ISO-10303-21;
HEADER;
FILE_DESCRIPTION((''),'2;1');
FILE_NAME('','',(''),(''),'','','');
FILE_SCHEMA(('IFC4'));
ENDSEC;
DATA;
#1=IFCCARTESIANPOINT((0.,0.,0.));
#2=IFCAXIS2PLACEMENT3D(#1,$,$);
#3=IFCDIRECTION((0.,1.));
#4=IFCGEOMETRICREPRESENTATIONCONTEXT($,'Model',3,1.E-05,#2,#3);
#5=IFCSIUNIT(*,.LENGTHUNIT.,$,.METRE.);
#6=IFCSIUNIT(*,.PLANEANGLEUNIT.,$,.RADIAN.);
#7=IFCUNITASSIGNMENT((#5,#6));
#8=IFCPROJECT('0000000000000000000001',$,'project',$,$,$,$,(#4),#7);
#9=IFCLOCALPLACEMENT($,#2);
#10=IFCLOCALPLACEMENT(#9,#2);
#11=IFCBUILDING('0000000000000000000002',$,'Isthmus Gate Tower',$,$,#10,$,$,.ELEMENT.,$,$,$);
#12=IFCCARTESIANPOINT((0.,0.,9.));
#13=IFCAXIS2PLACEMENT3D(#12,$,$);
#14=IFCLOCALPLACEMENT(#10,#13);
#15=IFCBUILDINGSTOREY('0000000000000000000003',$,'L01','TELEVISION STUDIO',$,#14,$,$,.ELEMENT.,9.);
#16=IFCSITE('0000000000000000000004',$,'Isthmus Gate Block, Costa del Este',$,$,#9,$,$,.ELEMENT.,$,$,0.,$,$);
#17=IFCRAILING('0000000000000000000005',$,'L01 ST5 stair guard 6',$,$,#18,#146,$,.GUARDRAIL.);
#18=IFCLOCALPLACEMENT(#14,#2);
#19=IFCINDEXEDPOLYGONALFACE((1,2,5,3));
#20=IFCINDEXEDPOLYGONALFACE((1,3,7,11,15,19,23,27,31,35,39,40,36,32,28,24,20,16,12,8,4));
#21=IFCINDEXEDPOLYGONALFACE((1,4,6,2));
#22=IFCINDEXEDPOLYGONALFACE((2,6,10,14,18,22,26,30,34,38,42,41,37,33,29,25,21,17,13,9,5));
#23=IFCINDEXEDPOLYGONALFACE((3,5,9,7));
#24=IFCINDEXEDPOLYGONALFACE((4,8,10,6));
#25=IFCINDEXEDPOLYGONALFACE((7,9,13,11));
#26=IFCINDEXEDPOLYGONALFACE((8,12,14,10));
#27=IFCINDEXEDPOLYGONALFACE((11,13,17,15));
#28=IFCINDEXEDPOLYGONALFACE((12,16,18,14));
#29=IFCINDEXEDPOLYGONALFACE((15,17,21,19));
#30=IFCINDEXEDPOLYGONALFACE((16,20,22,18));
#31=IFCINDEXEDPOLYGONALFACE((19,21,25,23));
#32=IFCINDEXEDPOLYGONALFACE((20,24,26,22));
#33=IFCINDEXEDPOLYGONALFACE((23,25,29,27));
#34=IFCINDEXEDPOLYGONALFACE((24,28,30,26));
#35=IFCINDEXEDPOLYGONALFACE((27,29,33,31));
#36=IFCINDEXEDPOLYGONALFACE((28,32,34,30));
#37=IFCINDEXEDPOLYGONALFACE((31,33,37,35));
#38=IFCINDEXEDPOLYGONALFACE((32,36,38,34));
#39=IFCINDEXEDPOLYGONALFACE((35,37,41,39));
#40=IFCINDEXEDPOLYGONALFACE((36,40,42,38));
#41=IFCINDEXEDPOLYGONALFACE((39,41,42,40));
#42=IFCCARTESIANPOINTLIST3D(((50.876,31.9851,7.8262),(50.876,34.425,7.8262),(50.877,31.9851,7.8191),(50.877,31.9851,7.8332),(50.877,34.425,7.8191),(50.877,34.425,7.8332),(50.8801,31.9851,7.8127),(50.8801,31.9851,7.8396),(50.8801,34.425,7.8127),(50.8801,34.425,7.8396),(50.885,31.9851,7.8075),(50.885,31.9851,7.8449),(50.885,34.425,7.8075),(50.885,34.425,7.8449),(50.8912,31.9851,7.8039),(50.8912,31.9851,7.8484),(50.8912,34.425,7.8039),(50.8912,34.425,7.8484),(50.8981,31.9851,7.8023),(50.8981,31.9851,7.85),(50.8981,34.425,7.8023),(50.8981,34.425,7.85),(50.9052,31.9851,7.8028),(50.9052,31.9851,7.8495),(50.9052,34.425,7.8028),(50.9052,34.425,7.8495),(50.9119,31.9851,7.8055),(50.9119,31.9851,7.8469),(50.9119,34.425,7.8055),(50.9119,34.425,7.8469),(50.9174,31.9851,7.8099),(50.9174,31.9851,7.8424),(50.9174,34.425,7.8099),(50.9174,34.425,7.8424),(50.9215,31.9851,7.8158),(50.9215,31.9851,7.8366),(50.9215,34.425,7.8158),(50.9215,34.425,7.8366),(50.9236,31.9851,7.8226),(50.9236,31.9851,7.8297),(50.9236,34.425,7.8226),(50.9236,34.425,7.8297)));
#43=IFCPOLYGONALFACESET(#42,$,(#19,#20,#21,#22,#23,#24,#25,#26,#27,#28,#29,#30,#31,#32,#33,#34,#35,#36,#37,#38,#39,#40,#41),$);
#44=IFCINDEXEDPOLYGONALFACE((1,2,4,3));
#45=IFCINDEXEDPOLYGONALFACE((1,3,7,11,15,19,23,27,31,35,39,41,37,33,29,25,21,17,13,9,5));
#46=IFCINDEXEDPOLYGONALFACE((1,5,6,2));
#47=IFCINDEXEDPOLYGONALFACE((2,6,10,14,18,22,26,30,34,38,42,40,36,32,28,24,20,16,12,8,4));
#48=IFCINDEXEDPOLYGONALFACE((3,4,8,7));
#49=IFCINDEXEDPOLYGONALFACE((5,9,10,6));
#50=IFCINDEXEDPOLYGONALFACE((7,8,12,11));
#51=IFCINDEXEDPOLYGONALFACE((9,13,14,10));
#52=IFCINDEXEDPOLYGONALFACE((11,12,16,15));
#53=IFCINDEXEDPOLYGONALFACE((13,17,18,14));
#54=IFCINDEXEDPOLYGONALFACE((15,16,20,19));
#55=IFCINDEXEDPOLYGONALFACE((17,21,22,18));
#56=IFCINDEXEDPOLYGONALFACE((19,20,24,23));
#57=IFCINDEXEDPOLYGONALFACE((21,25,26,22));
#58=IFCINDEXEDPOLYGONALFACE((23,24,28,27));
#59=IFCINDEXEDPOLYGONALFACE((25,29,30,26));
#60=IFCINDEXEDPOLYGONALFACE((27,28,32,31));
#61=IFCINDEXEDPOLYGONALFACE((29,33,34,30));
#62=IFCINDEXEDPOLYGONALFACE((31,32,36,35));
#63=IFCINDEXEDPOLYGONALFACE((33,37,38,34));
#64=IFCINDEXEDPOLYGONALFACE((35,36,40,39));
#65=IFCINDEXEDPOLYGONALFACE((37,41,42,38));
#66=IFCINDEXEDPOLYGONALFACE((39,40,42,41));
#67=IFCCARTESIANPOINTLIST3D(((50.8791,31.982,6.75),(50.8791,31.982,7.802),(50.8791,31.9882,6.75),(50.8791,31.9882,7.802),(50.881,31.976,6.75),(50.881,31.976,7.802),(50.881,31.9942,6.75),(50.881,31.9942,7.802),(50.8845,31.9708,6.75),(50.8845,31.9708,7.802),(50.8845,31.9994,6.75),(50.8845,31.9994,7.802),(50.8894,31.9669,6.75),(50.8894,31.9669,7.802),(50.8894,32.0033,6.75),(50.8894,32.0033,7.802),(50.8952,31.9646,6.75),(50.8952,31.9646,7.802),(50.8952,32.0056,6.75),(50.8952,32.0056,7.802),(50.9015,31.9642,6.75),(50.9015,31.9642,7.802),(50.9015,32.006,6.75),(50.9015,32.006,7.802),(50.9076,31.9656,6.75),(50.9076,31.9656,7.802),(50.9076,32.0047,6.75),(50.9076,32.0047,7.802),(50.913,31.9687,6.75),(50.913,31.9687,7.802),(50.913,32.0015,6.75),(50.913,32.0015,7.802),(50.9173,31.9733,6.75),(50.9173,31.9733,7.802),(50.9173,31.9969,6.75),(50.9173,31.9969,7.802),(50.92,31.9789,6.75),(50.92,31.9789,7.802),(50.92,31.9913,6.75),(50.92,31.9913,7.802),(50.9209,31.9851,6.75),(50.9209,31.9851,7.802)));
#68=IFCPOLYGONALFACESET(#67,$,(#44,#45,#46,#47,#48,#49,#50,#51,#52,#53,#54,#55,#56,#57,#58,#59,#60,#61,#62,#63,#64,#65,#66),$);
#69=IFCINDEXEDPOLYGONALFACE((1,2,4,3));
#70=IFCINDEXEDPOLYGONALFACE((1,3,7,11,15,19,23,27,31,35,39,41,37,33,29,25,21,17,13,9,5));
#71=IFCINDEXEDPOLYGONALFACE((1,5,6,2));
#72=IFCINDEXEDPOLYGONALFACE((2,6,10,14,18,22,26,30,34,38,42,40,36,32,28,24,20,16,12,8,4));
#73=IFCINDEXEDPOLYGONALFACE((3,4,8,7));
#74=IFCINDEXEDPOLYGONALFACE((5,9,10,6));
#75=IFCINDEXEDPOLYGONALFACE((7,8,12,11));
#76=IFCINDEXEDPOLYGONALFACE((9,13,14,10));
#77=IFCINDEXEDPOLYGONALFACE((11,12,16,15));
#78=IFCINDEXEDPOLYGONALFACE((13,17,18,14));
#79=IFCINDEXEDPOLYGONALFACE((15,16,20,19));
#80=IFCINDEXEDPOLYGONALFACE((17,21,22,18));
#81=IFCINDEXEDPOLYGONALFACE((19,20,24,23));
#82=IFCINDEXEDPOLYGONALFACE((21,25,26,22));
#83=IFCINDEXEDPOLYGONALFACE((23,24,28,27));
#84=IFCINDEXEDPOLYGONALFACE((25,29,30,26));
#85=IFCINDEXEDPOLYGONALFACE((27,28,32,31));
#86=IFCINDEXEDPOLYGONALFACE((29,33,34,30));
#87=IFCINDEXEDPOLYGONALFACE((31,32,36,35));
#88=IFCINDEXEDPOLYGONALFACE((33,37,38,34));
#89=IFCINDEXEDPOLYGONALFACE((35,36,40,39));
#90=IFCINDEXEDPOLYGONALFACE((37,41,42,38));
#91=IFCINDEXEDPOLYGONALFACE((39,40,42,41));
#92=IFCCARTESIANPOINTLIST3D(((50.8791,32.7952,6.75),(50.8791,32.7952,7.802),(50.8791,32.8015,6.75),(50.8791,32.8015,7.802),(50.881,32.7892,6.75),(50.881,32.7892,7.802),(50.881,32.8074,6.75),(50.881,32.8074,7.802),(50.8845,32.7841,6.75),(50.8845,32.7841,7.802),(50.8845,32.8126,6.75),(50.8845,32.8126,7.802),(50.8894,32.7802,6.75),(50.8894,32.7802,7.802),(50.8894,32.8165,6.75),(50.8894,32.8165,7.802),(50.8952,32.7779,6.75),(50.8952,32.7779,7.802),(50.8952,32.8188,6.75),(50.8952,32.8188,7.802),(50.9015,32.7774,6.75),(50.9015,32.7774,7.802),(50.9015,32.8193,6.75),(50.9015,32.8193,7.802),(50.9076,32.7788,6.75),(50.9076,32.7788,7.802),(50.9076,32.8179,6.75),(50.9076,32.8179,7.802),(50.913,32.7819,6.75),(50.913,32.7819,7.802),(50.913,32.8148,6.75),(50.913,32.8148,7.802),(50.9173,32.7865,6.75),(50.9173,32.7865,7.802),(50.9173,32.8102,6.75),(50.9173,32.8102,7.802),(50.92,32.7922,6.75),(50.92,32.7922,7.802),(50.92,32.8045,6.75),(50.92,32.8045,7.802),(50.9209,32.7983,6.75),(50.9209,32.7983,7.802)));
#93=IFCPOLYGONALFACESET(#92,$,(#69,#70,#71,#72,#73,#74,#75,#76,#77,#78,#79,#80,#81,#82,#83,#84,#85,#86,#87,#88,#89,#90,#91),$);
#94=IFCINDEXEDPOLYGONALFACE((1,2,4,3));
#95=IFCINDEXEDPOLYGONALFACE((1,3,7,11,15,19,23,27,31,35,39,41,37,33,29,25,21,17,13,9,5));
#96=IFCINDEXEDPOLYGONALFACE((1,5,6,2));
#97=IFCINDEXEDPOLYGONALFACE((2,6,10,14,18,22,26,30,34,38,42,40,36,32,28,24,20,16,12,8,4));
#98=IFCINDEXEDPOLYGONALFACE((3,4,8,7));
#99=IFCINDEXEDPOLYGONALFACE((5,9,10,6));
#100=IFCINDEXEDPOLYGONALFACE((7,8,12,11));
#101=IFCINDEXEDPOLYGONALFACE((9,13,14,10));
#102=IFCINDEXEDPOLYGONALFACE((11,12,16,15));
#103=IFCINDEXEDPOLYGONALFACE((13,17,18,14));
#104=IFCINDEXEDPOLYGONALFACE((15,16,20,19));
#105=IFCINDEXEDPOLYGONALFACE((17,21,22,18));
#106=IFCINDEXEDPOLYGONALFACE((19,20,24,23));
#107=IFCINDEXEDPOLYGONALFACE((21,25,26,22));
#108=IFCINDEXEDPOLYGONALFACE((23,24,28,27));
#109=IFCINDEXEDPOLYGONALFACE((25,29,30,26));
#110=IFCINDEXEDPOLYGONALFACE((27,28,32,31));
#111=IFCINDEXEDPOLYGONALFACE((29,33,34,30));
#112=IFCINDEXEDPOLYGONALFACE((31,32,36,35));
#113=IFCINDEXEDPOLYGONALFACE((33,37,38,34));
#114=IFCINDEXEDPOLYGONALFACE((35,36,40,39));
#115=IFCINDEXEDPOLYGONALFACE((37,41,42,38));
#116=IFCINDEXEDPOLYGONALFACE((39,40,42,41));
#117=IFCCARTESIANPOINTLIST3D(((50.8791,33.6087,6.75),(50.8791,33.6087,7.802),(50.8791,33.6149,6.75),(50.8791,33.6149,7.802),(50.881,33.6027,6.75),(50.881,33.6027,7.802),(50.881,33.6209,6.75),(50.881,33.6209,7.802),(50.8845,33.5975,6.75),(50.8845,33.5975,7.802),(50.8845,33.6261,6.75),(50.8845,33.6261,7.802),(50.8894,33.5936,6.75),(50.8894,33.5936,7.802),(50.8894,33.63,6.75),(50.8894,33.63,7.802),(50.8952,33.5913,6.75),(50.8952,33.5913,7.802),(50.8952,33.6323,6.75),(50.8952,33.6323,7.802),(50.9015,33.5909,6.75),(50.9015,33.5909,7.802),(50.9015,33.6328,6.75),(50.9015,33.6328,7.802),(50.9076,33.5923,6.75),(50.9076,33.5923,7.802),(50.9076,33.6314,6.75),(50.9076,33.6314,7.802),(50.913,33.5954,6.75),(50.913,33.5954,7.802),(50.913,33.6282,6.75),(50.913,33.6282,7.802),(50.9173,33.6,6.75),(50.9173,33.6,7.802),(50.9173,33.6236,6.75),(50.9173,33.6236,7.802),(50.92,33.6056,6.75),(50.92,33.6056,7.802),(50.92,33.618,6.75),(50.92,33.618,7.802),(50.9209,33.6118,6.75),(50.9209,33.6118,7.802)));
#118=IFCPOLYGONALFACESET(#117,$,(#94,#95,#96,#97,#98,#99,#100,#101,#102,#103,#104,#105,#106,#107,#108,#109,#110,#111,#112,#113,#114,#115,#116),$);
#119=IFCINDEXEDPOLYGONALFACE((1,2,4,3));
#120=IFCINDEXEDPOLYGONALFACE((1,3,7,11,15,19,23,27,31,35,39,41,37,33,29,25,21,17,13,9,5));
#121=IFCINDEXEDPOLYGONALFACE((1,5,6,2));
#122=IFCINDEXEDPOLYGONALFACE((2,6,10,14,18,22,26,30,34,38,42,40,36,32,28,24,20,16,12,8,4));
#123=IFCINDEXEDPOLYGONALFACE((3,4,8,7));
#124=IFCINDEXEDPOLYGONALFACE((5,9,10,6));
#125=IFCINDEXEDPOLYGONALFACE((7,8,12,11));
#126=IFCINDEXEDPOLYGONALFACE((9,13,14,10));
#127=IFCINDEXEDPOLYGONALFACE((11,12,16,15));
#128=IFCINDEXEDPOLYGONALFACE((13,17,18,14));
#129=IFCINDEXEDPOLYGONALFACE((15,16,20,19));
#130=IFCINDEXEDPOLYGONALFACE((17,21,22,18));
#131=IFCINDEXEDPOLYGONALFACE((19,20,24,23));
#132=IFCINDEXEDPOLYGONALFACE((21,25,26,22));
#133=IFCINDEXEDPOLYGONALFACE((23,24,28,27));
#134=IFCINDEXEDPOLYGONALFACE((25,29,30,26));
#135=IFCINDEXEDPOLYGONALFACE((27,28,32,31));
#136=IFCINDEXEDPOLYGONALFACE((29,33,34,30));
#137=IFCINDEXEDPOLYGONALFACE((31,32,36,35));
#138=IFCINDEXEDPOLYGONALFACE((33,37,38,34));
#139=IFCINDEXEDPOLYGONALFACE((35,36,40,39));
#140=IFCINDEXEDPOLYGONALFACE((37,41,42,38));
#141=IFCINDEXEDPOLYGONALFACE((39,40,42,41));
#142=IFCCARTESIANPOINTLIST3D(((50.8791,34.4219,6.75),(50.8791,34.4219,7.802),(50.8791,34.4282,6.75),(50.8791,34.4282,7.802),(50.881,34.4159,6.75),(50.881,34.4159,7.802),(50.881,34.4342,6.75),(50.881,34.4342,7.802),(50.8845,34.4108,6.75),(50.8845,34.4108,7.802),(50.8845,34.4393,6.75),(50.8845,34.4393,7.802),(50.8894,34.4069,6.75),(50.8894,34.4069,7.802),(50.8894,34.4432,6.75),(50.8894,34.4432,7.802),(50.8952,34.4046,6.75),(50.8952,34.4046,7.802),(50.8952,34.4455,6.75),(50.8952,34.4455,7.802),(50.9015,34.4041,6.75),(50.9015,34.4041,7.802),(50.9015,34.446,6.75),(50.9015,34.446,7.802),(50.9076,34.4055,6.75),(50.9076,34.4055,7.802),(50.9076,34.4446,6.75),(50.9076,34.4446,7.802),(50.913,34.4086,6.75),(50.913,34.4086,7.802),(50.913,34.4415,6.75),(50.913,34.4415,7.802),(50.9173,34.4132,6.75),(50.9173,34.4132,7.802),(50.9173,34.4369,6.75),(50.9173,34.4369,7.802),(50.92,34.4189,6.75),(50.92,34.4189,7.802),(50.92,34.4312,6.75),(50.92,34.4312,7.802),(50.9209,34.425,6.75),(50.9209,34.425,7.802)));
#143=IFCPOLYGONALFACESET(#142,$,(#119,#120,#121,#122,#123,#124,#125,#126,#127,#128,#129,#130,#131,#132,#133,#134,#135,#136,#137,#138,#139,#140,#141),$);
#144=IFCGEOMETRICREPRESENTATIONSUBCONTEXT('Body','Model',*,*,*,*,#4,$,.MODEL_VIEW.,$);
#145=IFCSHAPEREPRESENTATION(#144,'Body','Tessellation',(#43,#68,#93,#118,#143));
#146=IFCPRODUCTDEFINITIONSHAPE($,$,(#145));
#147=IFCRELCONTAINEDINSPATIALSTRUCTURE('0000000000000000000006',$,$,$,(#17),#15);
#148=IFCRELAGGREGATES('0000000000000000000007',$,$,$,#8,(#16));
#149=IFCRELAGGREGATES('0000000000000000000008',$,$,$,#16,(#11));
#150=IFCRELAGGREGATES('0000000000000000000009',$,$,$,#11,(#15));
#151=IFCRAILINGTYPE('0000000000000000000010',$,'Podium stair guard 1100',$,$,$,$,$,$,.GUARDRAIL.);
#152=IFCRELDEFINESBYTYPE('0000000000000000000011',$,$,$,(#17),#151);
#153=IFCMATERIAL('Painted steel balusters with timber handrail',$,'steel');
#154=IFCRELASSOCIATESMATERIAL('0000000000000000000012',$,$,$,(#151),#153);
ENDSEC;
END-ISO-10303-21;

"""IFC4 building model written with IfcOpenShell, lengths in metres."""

from ifc_helpers import new_model, si_unit, direction, frame, origin, origin_2d, place, context, subcontext, project, spatial, circle, extrude, material, type_object, element, save


model = new_model("IFC4")

# Units and contexts
model_context = context("Model", 3, precision=1e-05, world=origin(), true_north=direction((0.0, 1.0)))
body_context = subcontext(model_context, "Body", "Model", "MODEL_VIEW")
ifc_project = project(units=[si_unit("LENGTHUNIT", "METRE"), si_unit("PLANEANGLEUNIT", "RADIAN")], contexts=[model_context])

# Site, building, storey
site_placement = place(None, origin())
site = spatial("IfcSite", under=ifc_project, at=site_placement, Name="Isthmus Gate Block, Costa del Este", CompositionType="ELEMENT", RefElevation=0.0)
building_placement = place(site_placement, origin())
building = spatial("IfcBuilding", under=site, at=building_placement, Name="Isthmus Gate Tower", CompositionType="ELEMENT")
storey_placement = place(building_placement, frame((0.0, 0.0, 9.0)))
storey = spatial("IfcBuildingStorey", under=building, at=storey_placement, Name="L01", Description="TELEVISION STUDIO", CompositionType="ELEMENT", Elevation=9.0)

# Railing
ifc_material_1 = material(Name="Painted steel balusters with timber handrail", Category="steel")
railing_type_1 = type_object("IfcRailingType", Name="Podium stair guard 1100", PredefinedType="GUARDRAIL", material=ifc_material_1)
railing_1_placement = place(storey_placement, frame((50.8999, 31.9851, 6.75)))
element("IfcRailing", 1, at=railing_1_placement, inside=storey, type_object=railing_type_1, Name="L01 ST5 stair guard 6", PredefinedType="GUARDRAIL", context=body_context, shape_type="SweptSolid", body=[
    extrude(circle(Radius=0.0239, at=origin_2d()), frame((0.0, 0.0, 1.0762), z_axis=(0.0, 1.0, 0.0), x_axis=(-1.0, 0.0, 0.0)), (0.0, 0.0, 1.0), 2.4399),
    extrude(circle(Radius=0.021, at=origin_2d()), origin(), (0.0, 0.0, 1.0), 1.052),
    extrude(circle(Radius=0.021, at=origin_2d()), frame((0.0, 0.8132, 0.0)), (0.0, 0.0, 1.0), 1.052),
    extrude(circle(Radius=0.021, at=origin_2d()), frame((0.0, 1.6267, 0.0)), (0.0, 0.0, 1.0), 1.052),
    extrude(circle(Radius=0.021, at=origin_2d()), frame((0.0, 2.4399, 0.0)), (0.0, 0.0, 1.0), 1.052),
])

save(model, "model.ifc")
